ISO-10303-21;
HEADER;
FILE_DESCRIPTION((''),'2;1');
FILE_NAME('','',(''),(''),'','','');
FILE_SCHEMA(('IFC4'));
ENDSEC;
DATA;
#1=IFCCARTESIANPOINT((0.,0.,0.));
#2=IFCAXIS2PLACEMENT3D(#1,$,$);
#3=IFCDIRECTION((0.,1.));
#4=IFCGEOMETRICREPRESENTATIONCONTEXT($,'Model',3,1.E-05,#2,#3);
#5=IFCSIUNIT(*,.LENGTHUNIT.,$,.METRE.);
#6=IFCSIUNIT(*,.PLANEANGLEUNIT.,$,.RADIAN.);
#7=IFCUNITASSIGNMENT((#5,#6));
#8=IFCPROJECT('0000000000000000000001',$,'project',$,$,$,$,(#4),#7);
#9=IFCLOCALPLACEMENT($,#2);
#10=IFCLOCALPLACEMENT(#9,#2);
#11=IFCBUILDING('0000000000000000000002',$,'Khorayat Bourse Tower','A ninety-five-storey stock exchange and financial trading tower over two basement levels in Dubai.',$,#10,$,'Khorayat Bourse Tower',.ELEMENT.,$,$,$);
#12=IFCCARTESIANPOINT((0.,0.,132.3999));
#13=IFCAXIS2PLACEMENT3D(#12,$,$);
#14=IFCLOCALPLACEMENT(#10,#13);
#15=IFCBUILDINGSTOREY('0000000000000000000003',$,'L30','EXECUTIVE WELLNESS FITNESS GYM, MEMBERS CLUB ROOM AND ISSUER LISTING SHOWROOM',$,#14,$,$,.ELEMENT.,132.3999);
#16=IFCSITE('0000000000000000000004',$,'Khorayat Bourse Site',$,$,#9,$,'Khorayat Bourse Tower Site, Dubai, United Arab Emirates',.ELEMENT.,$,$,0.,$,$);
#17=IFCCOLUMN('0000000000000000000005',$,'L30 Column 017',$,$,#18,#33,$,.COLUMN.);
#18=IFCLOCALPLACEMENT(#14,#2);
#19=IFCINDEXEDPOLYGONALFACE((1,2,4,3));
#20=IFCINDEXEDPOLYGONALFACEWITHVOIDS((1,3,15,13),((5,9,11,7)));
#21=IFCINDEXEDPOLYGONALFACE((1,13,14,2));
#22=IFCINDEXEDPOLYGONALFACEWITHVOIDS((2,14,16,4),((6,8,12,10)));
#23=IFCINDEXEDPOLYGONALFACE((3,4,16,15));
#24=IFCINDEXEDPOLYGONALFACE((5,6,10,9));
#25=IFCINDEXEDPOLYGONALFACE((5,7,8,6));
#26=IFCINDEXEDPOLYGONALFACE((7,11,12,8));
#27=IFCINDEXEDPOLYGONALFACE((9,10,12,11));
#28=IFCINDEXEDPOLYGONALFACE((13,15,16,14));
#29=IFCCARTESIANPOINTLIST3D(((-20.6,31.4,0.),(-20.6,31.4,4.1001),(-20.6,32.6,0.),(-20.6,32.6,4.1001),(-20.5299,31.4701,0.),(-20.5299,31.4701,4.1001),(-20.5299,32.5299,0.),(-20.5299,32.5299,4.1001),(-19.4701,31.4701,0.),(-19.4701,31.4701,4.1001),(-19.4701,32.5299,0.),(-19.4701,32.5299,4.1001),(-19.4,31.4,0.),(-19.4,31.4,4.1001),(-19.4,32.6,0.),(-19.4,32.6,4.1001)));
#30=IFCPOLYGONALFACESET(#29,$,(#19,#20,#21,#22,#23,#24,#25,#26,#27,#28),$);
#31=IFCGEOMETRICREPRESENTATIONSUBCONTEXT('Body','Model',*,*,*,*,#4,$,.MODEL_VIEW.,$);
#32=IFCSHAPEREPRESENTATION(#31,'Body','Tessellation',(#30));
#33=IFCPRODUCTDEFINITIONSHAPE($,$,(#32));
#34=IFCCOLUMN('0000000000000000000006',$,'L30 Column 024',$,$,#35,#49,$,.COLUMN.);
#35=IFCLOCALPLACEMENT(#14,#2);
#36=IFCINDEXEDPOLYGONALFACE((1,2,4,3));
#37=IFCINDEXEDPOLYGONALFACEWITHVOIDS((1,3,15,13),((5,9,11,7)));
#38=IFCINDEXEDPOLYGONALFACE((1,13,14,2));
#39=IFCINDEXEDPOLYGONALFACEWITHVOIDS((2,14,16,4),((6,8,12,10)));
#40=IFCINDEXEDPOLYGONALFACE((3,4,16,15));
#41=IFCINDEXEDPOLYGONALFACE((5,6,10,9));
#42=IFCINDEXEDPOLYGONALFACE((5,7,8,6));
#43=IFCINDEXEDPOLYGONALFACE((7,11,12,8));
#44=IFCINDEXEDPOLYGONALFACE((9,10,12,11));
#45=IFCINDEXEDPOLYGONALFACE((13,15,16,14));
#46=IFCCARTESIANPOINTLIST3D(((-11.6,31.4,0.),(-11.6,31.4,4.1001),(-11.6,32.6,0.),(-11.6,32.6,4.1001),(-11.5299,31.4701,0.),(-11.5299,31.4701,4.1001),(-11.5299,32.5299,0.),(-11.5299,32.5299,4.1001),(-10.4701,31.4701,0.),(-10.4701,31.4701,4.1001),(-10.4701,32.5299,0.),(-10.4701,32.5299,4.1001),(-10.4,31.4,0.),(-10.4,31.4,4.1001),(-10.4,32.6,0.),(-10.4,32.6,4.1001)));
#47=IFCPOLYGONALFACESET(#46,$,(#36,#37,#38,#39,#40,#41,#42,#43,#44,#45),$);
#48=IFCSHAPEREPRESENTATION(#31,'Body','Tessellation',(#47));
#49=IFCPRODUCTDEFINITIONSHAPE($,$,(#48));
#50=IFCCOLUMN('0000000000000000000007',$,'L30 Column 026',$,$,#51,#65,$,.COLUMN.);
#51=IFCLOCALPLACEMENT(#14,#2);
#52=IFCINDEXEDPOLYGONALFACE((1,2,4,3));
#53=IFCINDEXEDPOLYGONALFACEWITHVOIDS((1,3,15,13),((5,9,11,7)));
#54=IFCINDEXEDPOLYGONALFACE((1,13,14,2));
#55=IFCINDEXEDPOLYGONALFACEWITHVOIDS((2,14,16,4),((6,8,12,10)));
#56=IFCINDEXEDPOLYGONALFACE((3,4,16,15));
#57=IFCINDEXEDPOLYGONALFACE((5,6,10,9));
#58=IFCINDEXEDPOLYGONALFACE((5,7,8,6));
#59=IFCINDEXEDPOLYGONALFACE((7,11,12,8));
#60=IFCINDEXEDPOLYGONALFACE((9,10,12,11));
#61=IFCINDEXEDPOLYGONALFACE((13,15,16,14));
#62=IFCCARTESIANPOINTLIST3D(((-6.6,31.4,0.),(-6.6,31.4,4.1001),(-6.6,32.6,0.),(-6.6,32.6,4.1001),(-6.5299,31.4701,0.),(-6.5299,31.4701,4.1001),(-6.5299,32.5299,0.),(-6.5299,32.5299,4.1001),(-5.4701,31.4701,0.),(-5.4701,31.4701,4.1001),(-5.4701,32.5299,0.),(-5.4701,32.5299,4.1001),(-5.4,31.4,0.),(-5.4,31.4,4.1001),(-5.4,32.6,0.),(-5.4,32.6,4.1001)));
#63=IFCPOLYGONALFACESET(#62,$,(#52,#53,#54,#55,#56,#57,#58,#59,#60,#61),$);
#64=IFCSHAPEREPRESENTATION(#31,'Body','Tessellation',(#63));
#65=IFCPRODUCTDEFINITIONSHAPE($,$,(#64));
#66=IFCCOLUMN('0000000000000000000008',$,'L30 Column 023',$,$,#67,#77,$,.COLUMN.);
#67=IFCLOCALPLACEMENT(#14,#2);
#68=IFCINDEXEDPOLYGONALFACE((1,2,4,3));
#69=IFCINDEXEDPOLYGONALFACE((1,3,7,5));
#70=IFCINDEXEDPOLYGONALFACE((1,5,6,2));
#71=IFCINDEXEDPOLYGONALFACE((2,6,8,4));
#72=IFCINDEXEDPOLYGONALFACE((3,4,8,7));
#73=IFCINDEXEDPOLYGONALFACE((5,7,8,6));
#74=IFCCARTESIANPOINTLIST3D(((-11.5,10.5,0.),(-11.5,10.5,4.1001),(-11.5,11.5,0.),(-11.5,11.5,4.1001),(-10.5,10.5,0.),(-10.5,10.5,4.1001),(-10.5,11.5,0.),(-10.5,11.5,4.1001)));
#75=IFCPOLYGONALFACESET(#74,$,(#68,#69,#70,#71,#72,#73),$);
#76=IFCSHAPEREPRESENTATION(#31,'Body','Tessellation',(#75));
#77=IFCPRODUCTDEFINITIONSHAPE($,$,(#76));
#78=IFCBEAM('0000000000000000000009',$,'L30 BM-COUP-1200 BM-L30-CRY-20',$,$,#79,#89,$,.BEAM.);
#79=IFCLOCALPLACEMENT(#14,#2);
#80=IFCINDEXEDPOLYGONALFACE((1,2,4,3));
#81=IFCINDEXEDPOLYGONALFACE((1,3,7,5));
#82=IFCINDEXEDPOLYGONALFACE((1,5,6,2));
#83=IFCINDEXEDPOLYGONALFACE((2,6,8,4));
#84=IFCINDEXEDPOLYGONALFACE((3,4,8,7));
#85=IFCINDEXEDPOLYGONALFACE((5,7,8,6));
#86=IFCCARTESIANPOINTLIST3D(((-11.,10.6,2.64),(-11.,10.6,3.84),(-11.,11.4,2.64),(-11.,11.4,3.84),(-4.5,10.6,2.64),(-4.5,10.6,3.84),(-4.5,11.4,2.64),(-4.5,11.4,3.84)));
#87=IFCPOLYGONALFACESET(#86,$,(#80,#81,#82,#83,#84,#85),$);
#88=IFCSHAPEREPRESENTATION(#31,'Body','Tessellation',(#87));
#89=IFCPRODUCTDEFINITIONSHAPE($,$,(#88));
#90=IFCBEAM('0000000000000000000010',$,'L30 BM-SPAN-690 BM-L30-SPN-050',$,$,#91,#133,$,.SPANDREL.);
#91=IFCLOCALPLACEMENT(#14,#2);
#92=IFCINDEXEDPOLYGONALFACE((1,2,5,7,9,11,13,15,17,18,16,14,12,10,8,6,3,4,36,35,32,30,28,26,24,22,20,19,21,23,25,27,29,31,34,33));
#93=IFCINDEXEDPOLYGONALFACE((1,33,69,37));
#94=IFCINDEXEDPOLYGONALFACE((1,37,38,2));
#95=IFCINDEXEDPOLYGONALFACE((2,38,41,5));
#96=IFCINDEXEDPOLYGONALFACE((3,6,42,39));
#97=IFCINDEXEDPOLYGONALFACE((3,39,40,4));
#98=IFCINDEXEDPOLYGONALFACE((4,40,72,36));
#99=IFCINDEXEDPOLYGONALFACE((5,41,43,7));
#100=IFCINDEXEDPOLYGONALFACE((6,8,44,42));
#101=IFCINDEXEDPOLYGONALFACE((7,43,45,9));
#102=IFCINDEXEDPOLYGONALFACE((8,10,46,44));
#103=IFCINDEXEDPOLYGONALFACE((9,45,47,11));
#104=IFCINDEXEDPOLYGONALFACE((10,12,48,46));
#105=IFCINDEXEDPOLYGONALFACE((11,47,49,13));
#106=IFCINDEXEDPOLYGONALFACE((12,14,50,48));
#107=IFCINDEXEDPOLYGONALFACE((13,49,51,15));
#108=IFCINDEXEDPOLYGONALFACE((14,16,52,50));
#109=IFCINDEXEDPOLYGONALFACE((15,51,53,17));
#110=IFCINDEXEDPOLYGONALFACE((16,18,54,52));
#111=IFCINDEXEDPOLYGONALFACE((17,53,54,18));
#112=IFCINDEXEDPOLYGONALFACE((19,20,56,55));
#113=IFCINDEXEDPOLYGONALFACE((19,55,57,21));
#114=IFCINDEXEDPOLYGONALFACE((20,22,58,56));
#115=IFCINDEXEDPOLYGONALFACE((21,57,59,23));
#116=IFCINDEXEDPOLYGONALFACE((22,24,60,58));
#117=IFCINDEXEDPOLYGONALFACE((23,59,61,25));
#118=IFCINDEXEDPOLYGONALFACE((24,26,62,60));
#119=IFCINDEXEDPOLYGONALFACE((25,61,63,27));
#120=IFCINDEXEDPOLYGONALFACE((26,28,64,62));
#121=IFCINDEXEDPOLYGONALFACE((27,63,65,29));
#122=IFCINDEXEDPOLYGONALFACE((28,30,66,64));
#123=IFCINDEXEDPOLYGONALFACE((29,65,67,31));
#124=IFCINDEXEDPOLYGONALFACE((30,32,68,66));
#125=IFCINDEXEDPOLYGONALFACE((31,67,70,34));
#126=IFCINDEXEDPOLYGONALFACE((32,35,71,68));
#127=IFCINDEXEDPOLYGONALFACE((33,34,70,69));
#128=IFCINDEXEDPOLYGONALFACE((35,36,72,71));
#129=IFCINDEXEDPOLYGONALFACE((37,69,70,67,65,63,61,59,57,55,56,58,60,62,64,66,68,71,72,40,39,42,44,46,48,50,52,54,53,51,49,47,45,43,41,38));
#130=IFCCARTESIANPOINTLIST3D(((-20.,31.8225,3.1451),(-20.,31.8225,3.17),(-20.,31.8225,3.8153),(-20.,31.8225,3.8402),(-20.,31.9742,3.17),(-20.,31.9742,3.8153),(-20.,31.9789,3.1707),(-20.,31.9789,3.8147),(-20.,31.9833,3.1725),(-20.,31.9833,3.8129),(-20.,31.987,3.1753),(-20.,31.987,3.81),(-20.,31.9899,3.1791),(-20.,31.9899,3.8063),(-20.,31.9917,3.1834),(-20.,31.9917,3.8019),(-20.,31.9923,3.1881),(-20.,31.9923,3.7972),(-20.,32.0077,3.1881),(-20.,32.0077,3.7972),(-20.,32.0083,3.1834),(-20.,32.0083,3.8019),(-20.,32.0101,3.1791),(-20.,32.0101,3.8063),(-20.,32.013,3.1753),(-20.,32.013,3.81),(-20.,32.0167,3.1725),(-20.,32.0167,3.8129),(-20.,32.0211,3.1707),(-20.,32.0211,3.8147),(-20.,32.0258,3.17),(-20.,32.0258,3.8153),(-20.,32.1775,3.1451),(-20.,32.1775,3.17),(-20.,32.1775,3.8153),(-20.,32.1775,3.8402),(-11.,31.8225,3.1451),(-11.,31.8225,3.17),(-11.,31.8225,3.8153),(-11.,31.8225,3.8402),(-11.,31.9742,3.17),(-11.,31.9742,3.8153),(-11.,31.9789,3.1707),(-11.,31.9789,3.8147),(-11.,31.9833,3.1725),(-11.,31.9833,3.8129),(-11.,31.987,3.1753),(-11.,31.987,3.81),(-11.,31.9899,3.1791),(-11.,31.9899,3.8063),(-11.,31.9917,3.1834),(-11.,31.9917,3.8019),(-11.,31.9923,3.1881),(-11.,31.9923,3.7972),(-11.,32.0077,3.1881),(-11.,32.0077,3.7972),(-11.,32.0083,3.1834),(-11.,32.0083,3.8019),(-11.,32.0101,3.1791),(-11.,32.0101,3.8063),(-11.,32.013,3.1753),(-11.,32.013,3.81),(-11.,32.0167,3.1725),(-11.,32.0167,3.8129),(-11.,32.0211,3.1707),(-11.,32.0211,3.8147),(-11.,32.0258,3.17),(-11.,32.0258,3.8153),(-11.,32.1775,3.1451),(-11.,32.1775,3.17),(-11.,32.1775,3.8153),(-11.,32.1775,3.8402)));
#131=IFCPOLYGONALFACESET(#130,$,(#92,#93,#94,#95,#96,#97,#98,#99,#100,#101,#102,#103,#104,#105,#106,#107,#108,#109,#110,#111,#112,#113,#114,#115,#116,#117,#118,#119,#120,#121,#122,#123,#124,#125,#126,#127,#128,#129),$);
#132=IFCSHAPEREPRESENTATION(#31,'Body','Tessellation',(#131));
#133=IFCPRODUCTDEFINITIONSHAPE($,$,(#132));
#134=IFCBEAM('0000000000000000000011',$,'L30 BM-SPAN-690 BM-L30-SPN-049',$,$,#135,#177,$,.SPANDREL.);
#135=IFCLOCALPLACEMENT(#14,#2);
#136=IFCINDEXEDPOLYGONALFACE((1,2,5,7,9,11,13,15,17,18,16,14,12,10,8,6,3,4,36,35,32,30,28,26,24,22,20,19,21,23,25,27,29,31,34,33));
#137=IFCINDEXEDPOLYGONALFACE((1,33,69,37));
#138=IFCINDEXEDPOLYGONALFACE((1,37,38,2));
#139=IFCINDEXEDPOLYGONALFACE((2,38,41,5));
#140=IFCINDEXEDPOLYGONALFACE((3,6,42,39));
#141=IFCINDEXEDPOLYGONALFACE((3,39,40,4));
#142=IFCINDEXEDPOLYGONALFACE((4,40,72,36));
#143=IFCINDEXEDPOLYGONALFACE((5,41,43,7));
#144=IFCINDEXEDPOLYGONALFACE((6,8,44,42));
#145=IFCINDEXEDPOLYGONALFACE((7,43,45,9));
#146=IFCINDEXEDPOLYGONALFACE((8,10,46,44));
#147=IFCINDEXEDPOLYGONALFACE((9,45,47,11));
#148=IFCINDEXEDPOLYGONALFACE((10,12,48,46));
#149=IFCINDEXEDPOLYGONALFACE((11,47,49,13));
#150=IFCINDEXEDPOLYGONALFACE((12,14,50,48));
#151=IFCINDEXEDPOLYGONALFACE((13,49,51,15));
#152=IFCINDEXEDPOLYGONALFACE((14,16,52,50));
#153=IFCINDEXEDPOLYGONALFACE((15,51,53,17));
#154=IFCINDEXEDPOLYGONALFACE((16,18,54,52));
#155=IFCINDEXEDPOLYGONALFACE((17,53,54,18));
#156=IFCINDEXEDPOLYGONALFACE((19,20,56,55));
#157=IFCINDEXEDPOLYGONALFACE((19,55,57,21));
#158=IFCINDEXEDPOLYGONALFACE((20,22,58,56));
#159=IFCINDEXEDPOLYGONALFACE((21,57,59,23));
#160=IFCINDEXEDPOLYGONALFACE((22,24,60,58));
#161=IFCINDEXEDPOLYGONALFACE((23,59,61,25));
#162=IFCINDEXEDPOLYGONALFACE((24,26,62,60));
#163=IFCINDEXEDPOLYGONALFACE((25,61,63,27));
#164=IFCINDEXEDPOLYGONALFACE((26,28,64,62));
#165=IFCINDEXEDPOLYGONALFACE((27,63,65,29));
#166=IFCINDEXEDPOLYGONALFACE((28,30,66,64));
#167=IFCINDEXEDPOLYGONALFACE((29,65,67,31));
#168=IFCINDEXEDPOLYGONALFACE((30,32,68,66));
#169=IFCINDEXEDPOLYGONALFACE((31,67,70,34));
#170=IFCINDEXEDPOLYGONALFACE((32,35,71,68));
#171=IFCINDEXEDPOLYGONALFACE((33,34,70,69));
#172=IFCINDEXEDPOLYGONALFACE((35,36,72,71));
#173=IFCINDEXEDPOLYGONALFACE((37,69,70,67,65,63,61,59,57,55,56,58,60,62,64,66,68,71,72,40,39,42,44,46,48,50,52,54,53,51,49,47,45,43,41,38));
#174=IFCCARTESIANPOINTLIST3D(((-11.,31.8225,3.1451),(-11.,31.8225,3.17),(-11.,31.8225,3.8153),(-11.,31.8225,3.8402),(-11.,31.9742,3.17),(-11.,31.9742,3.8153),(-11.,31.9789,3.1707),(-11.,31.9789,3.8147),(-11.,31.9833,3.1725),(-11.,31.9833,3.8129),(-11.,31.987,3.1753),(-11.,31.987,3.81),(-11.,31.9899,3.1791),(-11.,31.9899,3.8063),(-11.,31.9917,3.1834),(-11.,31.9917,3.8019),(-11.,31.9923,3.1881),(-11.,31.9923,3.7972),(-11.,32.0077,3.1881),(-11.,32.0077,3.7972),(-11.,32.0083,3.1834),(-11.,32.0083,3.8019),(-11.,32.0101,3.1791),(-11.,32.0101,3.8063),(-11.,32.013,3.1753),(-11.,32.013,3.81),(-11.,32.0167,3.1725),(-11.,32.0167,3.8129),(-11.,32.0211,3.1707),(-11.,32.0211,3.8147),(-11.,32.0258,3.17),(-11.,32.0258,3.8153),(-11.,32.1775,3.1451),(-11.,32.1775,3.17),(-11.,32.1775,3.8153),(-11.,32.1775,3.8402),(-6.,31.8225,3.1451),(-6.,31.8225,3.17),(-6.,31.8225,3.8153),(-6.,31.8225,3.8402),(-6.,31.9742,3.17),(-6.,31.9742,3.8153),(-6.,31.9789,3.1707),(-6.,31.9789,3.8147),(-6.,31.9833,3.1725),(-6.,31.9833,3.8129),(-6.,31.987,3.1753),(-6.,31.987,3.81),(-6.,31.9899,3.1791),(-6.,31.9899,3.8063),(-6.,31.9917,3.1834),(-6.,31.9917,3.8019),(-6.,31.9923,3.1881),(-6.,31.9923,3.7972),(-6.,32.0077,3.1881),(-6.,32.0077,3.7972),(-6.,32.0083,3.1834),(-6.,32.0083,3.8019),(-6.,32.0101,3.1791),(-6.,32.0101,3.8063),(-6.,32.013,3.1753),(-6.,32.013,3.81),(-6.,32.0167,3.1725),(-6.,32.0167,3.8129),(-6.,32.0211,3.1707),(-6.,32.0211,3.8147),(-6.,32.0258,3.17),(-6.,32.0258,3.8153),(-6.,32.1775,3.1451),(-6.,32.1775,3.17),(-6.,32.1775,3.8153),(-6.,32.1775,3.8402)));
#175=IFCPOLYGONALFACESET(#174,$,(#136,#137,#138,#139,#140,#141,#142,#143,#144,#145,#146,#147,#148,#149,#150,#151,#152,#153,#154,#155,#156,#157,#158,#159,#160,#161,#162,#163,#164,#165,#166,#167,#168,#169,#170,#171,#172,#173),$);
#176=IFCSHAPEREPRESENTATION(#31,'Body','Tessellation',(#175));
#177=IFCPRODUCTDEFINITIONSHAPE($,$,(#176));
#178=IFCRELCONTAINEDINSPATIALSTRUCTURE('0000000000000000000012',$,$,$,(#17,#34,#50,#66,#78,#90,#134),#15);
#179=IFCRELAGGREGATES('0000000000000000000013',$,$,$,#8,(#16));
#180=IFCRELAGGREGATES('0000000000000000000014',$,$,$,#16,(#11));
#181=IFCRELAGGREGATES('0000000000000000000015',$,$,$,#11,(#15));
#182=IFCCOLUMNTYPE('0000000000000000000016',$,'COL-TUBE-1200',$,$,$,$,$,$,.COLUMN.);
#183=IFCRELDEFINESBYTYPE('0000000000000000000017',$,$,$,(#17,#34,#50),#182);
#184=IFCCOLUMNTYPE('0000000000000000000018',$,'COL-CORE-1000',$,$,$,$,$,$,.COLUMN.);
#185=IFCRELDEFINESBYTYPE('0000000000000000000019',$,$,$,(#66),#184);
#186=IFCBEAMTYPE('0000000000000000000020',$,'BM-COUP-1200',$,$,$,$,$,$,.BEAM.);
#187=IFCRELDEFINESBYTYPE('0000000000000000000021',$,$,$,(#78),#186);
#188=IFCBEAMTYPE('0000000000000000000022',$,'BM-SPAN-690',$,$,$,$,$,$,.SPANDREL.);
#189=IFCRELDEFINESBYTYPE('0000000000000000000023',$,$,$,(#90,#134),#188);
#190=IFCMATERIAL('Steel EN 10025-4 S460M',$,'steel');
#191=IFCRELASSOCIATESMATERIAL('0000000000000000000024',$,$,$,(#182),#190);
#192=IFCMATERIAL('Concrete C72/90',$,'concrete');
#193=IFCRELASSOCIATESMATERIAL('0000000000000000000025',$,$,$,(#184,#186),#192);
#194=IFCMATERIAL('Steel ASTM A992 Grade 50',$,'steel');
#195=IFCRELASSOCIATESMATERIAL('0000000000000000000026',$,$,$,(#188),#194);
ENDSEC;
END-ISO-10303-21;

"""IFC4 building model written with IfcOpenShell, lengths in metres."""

from ifc_helpers import new_model, si_unit, direction, frame, origin, origin_2d, place, context, subcontext, project, spatial, rectangle, hollow_rectangle, i_section, extrude, source, transform, mapped, material, material_profile, profile_set, type_object, element, save


model = new_model("IFC4")

# Units and contexts
model_context = context("Model", 3, precision=1e-05, world=origin(), true_north=direction((0.0, 1.0)))
body_context = subcontext(model_context, "Body", "Model", "MODEL_VIEW")
ifc_project = project(units=[si_unit("LENGTHUNIT", "METRE"), si_unit("PLANEANGLEUNIT", "RADIAN")], contexts=[model_context])

# Site, building, storey
site_placement = place(None, origin())
site = spatial("IfcSite", under=ifc_project, at=site_placement, Name="Khorayat Bourse Site", LongName="Khorayat Bourse Tower Site, Dubai, United Arab Emirates", CompositionType="ELEMENT", RefElevation=0.0)
building_placement = place(site_placement, origin())
building = spatial("IfcBuilding", under=site, at=building_placement, Name="Khorayat Bourse Tower", Description="A ninety-five-storey stock exchange and financial trading tower over two basement levels in Dubai.", LongName="Khorayat Bourse Tower", CompositionType="ELEMENT")
storey_placement = place(building_placement, frame((0.0, 0.0, 132.3999)))
storey = spatial("IfcBuildingStorey", under=building, at=storey_placement, Name="L30", Description="EXECUTIVE WELLNESS FITNESS GYM, MEMBERS CLUB ROOM AND ISSUER LISTING SHOWROOM", CompositionType="ELEMENT", Elevation=132.3999)

# Columns
ifc_material_1 = material(Name="Steel EN 10025-4 S460M", Category="steel")
ifc_material_profile_1 = material_profile(ifc_material_1, hollow_rectangle(XDim=1.2, YDim=1.2, WallThickness=0.0701, at=origin_2d()), Name="BOX 1200x1200x70")
ifc_profile_set_1 = profile_set([ifc_material_profile_1], Name="Steel EN 10025-4 S460M")
column_type_1 = type_object("IfcColumnType", Name="COL-TUBE-1200", PredefinedType="COLUMN", material=ifc_profile_set_1)
shared_shape_1 = source(origin(), body_context, "Body", "SweptSolid", [
    extrude(hollow_rectangle(XDim=1.2, YDim=1.2, WallThickness=0.0701, at=origin_2d()), origin(), (0.0, 0.0, 1.0), 4.1001),
])
for number, where, z_axis, x_axis, name in (
    (1, (-20.0, 32.0, 0.0), (0.0, 0.0, 1.0), (1.0, 0.0, 0.0), "L30 Column 017"),
    (2, (-11.0, 32.0, 0.0), (0.0, 0.0, 1.0), (1.0, 0.0, 0.0), "L30 Column 024"),
    (3, (-6.0, 32.0, 0.0), (0.0, 0.0, 1.0), (1.0, 0.0, 0.0), "L30 Column 026"),
):
    element("IfcColumn", number, at=place(storey_placement, frame(where, z_axis=z_axis, x_axis=x_axis)), inside=storey, type_object=column_type_1, Name=name, PredefinedType="COLUMN", context=body_context, shape_type="MappedRepresentation", body=[
        mapped(shared_shape_1, transform((0.0, 0.0, 0.0), scale=1.0)),
    ])
ifc_material_2 = material(Name="Concrete C72/90", Category="concrete")
ifc_material_profile_2 = material_profile(ifc_material_2, rectangle(XDim=1.0, YDim=1.0, at=origin_2d()), Name="RC 1000x1000")
ifc_profile_set_2 = profile_set([ifc_material_profile_2], Name="Concrete C72/90")
column_type_2 = type_object("IfcColumnType", Name="COL-CORE-1000", PredefinedType="COLUMN", material=ifc_profile_set_2)
shared_shape_2 = source(origin(), body_context, "Body", "SweptSolid", [
    extrude(rectangle(XDim=1.0, YDim=1.0, at=origin_2d()), origin(), (0.0, 0.0, 1.0), 4.1001),
])
column_placement = place(storey_placement, frame((-11.0, 11.0, 0.0), z_axis=(0.0, 0.0, 1.0), x_axis=(1.0, 0.0, 0.0)))
element("IfcColumn", 4, at=column_placement, inside=storey, type_object=column_type_2, Name="L30 Column 023", PredefinedType="COLUMN", context=body_context, shape_type="MappedRepresentation", body=[
    mapped(shared_shape_2, transform((0.0, 0.0, 0.0), scale=1.0)),
])

# Beams
ifc_material_profile_3 = material_profile(ifc_material_2, rectangle(XDim=0.8, YDim=1.2, at=origin_2d()), Name="RC 800x1200")
ifc_profile_set_3 = profile_set([ifc_material_profile_3], Name="Concrete C72/90")
beam_type_1 = type_object("IfcBeamType", Name="BM-COUP-1200", PredefinedType="BEAM", material=ifc_profile_set_3)
shared_shape_3 = source(origin(), body_context, "Body", "SweptSolid", [
    extrude(rectangle(XDim=0.8, YDim=1.2, at=origin_2d()), origin(), (0.0, 0.0, 1.0), 6.5),
])
beam_1_placement = place(storey_placement, frame((-11.0, 11.0, 3.24), z_axis=(1.0, 0.0, 0.0), x_axis=(0.0, 1.0, 0.0)))
element("IfcBeam", 5, at=beam_1_placement, inside=storey, type_object=beam_type_1, Name="L30 BM-COUP-1200 BM-L30-CRY-20", PredefinedType="BEAM", context=body_context, shape_type="MappedRepresentation", body=[
    mapped(shared_shape_3, transform((0.0, 0.0, 0.0), scale=1.0)),
])
ifc_material_3 = material(Name="Steel ASTM A992 Grade 50", Category="steel")
ifc_material_profile_4 = material_profile(ifc_material_3, i_section(OverallWidth=0.355, OverallDepth=0.6951, WebThickness=0.0154, FlangeThickness=0.0249, FilletRadius=0.0181, at=origin_2d()), Name="W690X217")
ifc_profile_set_4 = profile_set([ifc_material_profile_4], Name="Steel ASTM A992 Grade 50")
beam_type_2 = type_object("IfcBeamType", Name="BM-SPAN-690", PredefinedType="SPANDREL", material=ifc_profile_set_4)
shared_shape_4 = source(origin(), body_context, "Body", "SweptSolid", [
    extrude(i_section(OverallWidth=0.355, OverallDepth=0.6951, WebThickness=0.0154, FlangeThickness=0.0249, FilletRadius=0.0181, at=origin_2d()), origin(), (0.0, 0.0, 1.0), 9.0),
])
beam_2_placement = place(storey_placement, frame((-20.0, 32.0, 3.4927), z_axis=(1.0, 0.0, 0.0), x_axis=(0.0, 1.0, 0.0)))
element("IfcBeam", 6, at=beam_2_placement, inside=storey, type_object=beam_type_2, Name="L30 BM-SPAN-690 BM-L30-SPN-050", PredefinedType="SPANDREL", context=body_context, shape_type="MappedRepresentation", body=[
    mapped(shared_shape_4, transform((0.0, 0.0, 0.0), scale=1.0)),
])
shared_shape_5 = source(origin(), body_context, "Body", "SweptSolid", [
    extrude(i_section(OverallWidth=0.355, OverallDepth=0.6951, WebThickness=0.0154, FlangeThickness=0.0249, FilletRadius=0.0181, at=origin_2d()), origin(), (0.0, 0.0, 1.0), 5.0),
])
beam_3_placement = place(storey_placement, frame((-11.0, 32.0, 3.4927), z_axis=(1.0, 0.0, 0.0), x_axis=(0.0, 1.0, 0.0)))
element("IfcBeam", 7, at=beam_3_placement, inside=storey, type_object=beam_type_2, Name="L30 BM-SPAN-690 BM-L30-SPN-049", PredefinedType="SPANDREL", context=body_context, shape_type="MappedRepresentation", body=[
    mapped(shared_shape_5, transform((0.0, 0.0, 0.0), scale=1.0)),
])

save(model, "model.ifc")
